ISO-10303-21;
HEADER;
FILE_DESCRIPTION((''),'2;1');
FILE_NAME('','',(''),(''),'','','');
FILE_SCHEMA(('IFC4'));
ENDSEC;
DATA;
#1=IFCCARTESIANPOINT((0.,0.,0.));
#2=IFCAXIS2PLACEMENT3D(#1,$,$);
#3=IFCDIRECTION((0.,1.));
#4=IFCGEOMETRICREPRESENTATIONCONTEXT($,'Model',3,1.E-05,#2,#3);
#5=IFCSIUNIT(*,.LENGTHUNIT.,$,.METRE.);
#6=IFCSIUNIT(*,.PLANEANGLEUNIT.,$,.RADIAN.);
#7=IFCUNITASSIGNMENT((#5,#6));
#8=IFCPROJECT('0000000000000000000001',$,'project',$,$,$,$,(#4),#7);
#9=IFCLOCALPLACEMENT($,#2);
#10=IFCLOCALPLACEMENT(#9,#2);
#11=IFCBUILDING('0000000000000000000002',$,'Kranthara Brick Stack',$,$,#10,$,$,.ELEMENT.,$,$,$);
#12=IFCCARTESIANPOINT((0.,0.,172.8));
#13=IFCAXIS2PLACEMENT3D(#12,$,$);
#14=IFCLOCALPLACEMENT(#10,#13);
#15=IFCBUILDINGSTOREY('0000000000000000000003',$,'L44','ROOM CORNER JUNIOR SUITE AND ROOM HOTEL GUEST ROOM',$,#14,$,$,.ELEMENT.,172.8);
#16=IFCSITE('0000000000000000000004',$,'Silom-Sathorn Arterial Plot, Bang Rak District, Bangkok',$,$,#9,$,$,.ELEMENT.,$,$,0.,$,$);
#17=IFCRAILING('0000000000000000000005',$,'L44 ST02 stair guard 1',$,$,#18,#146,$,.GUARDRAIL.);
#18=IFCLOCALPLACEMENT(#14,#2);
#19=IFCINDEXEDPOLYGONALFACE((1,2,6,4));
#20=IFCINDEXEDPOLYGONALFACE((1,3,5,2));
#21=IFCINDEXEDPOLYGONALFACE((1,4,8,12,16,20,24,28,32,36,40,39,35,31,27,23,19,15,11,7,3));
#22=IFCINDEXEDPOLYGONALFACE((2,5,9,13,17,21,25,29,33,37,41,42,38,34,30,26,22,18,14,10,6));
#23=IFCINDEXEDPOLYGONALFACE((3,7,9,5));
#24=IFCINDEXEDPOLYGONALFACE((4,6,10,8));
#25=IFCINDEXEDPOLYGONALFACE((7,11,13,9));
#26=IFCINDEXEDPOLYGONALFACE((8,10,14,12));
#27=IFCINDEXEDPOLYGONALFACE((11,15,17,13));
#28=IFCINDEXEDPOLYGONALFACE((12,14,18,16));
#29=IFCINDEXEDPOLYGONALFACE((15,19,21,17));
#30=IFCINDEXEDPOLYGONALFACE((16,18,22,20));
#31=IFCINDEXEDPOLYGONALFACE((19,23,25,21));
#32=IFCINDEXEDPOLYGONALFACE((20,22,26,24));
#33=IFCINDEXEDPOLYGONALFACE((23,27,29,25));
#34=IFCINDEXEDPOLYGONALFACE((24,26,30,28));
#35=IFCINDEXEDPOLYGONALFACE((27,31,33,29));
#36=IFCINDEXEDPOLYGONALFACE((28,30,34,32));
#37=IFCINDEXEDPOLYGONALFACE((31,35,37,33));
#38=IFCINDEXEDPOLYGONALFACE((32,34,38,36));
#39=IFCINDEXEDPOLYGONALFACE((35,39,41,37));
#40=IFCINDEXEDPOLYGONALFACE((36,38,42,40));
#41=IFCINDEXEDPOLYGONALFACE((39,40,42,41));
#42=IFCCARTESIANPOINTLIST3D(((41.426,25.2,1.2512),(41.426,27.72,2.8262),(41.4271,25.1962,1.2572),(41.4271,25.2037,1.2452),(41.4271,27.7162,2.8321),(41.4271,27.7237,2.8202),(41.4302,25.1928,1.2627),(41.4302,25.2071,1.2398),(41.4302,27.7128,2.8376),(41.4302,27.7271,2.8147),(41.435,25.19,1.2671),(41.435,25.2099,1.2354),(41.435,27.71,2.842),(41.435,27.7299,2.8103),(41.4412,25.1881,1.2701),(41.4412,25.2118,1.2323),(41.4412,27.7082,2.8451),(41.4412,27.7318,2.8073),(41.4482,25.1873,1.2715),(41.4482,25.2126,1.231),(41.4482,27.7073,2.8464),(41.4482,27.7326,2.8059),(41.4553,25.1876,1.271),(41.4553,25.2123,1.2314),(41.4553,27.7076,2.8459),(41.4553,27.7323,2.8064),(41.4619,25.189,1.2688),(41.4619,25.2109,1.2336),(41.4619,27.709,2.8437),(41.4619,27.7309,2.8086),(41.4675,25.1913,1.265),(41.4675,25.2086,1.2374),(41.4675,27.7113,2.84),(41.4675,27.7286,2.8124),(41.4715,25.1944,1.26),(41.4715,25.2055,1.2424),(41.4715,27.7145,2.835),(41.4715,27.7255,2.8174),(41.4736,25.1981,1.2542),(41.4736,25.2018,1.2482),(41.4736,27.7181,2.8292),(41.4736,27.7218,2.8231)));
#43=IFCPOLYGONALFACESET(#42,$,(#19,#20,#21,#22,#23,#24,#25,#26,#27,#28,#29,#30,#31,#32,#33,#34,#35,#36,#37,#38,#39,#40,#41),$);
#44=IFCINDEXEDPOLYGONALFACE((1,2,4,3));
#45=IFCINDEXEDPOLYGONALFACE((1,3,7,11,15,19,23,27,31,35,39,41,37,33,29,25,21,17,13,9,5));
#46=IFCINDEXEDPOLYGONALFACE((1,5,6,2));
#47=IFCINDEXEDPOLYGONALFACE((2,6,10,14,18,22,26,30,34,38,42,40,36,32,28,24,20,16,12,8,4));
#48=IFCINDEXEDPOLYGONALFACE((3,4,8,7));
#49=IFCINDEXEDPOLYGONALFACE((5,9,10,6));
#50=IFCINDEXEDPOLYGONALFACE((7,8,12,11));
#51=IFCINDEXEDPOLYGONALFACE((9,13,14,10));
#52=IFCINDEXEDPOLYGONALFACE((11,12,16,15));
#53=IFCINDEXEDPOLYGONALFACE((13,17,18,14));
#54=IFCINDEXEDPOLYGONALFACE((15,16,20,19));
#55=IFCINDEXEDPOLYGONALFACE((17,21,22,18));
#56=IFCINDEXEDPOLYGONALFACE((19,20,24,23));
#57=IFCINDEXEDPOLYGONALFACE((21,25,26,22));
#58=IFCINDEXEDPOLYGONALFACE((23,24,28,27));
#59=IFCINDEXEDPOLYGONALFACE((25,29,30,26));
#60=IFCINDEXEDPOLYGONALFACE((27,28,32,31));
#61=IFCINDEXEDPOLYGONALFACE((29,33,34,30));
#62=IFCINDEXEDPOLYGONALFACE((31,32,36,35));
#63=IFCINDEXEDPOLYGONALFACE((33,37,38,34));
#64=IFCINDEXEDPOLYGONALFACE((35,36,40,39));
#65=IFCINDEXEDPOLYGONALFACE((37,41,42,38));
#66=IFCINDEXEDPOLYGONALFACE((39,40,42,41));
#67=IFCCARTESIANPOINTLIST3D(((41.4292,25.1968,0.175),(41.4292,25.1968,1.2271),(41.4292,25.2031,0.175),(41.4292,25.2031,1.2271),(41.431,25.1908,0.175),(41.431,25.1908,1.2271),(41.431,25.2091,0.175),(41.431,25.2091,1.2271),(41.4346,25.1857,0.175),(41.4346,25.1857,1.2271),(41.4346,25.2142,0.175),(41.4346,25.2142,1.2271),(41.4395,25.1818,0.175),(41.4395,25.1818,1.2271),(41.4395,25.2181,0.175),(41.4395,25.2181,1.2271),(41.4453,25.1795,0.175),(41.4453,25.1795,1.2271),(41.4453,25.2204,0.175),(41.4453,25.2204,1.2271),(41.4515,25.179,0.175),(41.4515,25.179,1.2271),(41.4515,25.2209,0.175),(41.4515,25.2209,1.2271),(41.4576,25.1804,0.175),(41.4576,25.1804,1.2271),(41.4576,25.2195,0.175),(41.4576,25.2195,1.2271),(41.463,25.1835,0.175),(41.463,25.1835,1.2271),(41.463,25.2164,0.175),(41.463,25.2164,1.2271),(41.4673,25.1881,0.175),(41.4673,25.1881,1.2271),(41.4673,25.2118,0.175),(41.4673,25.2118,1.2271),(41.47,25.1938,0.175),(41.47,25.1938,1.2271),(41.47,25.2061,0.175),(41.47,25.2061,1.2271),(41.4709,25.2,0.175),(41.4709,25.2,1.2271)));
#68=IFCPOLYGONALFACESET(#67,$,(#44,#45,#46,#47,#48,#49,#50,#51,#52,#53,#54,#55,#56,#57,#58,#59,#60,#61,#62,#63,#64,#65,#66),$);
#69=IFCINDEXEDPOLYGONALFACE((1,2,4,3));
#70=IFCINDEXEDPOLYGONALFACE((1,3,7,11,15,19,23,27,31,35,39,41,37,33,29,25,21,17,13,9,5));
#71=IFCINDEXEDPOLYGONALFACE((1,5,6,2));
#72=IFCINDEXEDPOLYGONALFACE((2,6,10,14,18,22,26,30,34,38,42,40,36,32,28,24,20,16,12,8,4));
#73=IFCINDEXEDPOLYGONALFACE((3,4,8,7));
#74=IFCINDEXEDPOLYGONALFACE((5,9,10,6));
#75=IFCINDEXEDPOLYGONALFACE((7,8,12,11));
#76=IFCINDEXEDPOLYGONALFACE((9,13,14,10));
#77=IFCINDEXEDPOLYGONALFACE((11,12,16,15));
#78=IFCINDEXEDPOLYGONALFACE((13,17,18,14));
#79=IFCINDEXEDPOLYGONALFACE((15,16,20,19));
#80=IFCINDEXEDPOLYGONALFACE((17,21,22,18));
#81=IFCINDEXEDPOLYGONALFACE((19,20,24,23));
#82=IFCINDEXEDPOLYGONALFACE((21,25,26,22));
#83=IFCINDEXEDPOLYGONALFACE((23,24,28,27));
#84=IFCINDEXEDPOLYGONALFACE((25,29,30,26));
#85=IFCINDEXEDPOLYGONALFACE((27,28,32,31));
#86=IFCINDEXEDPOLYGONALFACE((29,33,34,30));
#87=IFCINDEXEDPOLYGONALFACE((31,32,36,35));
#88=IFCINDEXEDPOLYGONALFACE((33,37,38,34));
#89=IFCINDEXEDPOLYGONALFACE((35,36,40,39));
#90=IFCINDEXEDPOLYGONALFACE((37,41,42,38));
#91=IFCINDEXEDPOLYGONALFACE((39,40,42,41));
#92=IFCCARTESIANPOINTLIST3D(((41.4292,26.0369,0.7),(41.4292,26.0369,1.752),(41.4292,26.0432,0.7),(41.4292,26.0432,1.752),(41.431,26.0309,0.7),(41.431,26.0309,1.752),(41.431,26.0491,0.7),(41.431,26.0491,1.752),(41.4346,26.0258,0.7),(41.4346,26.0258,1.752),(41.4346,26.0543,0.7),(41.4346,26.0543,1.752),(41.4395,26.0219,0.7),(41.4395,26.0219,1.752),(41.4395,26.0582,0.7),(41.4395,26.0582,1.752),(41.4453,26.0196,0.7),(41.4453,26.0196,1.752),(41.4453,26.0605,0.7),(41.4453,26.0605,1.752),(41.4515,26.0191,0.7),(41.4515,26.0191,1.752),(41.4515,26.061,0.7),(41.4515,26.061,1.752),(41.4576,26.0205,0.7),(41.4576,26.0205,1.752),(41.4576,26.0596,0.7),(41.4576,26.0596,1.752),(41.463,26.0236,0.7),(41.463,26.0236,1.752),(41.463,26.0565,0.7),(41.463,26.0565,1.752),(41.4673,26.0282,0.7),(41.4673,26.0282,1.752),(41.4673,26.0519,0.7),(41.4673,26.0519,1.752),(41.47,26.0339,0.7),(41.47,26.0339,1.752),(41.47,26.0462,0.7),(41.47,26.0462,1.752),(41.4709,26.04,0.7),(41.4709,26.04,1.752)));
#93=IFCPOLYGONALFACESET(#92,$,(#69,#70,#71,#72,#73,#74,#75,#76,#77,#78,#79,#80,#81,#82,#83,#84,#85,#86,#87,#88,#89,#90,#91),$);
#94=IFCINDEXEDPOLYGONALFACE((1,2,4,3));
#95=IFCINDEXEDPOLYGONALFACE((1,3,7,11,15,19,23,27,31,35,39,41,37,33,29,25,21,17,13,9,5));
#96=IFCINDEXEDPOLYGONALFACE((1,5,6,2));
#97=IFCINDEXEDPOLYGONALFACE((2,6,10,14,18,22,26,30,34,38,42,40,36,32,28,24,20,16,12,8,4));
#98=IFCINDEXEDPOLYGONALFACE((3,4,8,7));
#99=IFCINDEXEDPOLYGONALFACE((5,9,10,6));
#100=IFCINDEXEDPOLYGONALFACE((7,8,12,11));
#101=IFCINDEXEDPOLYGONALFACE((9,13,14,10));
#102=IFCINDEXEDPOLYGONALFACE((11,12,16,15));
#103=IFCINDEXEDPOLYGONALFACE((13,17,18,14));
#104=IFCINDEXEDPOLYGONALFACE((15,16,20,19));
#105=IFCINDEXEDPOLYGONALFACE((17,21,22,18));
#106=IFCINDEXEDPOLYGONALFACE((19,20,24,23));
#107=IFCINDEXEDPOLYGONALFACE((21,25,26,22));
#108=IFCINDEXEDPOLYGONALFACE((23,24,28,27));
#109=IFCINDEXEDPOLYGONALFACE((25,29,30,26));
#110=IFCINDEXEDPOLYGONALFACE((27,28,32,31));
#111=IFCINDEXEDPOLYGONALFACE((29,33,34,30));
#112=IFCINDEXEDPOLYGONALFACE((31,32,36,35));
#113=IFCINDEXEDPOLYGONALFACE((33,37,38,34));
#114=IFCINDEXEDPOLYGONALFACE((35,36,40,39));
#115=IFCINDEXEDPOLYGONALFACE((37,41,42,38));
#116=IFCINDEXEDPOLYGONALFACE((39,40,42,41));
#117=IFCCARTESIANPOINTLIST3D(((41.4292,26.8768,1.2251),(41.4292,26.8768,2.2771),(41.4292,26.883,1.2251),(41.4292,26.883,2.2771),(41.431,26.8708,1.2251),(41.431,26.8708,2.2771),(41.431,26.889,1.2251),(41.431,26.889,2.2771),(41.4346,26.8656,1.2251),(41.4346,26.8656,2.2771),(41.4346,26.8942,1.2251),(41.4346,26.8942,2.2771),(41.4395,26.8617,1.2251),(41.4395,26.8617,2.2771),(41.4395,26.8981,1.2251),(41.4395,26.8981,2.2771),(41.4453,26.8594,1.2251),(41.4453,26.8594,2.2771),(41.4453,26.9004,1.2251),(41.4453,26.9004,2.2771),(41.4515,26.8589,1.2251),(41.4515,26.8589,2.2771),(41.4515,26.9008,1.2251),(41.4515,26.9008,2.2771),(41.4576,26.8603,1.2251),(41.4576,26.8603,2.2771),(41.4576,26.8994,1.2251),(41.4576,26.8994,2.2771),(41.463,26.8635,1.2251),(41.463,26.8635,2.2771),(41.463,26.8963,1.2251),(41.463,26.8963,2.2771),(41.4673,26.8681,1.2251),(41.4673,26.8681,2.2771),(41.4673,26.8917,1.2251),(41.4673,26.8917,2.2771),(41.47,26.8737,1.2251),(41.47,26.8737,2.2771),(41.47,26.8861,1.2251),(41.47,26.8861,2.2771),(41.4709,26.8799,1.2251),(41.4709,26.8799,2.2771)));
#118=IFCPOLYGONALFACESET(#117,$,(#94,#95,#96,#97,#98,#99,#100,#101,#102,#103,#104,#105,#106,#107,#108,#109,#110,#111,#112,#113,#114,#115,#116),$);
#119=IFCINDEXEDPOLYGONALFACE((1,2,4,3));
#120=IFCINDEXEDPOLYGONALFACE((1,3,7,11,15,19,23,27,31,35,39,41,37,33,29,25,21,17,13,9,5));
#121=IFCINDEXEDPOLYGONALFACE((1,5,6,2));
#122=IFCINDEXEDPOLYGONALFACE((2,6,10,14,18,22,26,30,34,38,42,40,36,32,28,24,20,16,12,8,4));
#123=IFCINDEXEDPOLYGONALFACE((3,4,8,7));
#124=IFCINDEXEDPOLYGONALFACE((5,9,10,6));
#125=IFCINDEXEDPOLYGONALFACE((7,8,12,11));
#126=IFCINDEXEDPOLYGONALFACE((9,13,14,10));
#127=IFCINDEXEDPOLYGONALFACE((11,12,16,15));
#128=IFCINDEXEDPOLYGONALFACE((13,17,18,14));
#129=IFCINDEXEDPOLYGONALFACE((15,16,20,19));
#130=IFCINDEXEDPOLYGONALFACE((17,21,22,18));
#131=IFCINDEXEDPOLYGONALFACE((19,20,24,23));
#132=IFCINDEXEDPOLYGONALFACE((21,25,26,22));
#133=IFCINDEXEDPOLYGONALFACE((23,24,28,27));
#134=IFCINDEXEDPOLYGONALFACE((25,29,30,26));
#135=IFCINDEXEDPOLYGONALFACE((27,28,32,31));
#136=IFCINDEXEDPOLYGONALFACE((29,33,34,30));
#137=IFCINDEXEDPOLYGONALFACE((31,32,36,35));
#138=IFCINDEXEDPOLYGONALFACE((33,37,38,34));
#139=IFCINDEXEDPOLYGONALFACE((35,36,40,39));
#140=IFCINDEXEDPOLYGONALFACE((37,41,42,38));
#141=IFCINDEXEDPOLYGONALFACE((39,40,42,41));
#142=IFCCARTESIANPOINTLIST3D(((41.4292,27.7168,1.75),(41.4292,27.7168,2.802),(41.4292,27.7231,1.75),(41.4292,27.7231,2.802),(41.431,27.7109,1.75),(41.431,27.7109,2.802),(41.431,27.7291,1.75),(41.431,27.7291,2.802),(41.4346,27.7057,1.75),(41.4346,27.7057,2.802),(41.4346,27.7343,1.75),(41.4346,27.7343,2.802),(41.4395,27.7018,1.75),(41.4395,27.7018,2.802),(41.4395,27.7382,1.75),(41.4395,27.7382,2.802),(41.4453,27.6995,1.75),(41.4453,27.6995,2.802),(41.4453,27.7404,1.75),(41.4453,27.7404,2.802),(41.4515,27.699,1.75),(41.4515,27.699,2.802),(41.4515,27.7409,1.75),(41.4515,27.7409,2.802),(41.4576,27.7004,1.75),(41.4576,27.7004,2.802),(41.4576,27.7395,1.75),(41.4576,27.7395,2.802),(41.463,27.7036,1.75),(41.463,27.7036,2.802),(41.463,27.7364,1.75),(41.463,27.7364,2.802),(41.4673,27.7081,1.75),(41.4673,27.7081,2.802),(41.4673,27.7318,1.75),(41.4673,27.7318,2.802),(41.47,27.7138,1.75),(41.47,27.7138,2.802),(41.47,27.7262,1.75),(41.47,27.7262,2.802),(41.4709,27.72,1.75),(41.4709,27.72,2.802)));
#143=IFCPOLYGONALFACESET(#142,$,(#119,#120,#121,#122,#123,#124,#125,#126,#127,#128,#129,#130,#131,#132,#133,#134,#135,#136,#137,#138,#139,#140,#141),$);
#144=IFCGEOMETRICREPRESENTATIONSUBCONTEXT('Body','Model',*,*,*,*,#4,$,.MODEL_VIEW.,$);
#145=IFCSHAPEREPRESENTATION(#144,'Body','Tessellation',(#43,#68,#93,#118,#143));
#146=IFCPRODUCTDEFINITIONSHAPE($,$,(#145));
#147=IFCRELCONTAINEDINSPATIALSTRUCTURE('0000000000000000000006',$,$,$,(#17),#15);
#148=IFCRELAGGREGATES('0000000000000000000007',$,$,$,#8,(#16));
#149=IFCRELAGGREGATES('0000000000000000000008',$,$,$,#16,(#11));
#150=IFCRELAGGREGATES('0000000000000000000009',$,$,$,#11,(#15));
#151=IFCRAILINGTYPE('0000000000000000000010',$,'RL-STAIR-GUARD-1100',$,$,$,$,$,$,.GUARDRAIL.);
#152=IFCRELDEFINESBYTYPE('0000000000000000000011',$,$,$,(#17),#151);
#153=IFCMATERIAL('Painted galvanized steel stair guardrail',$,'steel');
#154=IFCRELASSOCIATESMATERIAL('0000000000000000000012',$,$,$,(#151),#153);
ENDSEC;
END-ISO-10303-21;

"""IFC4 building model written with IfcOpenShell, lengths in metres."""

from ifc_helpers import new_model, si_unit, direction, frame, origin, origin_2d, place, context, subcontext, project, spatial, circle, extrude, material, type_object, element, save


model = new_model("IFC4")

# Units and contexts
model_context = context("Model", 3, precision=1e-05, world=origin(), true_north=direction((0.0, 1.0)))
body_context = subcontext(model_context, "Body", "Model", "MODEL_VIEW")
ifc_project = project(units=[si_unit("LENGTHUNIT", "METRE"), si_unit("PLANEANGLEUNIT", "RADIAN")], contexts=[model_context])

# Site, building, storey
site_placement = place(None, origin())
site = spatial("IfcSite", under=ifc_project, at=site_placement, Name="Silom-Sathorn Arterial Plot, Bang Rak District, Bangkok", CompositionType="ELEMENT", RefElevation=0.0)
building_placement = place(site_placement, origin())
building = spatial("IfcBuilding", under=site, at=building_placement, Name="Kranthara Brick Stack", CompositionType="ELEMENT")
storey_placement = place(building_placement, frame((0.0, 0.0, 172.8)))
storey = spatial("IfcBuildingStorey", under=building, at=storey_placement, Name="L44", Description="ROOM CORNER JUNIOR SUITE AND ROOM HOTEL GUEST ROOM", CompositionType="ELEMENT", Elevation=172.8)

# Railing
ifc_material_1 = material(Name="Painted galvanized steel stair guardrail", Category="steel")
railing_type_1 = type_object("IfcRailingType", Name="RL-STAIR-GUARD-1100", PredefinedType="GUARDRAIL", material=ifc_material_1)
railing_1_placement = place(storey_placement, frame((41.45, 25.2, 0.175)))
element("IfcRailing", 1, at=railing_1_placement, inside=storey, type_object=railing_type_1, Name="L44 ST02 stair guard 1", PredefinedType="GUARDRAIL", context=body_context, shape_type="SweptSolid", body=[
    extrude(circle(Radius=0.0239, at=origin_2d()), frame((0.0, 0.0, 1.0762), z_axis=(0.0, 0.848008, 0.529984), x_axis=(-1.0, 0.0, 0.0)), (0.0, 0.0, 1.0), 2.9717),
    extrude(circle(Radius=0.021, at=origin_2d()), origin(), (0.0, 0.0, 1.0), 1.052),
    extrude(circle(Radius=0.021, at=origin_2d()), frame((0.0, 0.8401, 0.5249)), (0.0, 0.0, 1.0), 1.052),
    extrude(circle(Radius=0.021, at=origin_2d()), frame((0.0, 1.6799, 1.05)), (0.0, 0.0, 1.0), 1.052),
    extrude(circle(Radius=0.021, at=origin_2d()), frame((0.0, 2.52, 1.575)), (0.0, 0.0, 1.0), 1.052),
])

save(model, "model.ifc")
